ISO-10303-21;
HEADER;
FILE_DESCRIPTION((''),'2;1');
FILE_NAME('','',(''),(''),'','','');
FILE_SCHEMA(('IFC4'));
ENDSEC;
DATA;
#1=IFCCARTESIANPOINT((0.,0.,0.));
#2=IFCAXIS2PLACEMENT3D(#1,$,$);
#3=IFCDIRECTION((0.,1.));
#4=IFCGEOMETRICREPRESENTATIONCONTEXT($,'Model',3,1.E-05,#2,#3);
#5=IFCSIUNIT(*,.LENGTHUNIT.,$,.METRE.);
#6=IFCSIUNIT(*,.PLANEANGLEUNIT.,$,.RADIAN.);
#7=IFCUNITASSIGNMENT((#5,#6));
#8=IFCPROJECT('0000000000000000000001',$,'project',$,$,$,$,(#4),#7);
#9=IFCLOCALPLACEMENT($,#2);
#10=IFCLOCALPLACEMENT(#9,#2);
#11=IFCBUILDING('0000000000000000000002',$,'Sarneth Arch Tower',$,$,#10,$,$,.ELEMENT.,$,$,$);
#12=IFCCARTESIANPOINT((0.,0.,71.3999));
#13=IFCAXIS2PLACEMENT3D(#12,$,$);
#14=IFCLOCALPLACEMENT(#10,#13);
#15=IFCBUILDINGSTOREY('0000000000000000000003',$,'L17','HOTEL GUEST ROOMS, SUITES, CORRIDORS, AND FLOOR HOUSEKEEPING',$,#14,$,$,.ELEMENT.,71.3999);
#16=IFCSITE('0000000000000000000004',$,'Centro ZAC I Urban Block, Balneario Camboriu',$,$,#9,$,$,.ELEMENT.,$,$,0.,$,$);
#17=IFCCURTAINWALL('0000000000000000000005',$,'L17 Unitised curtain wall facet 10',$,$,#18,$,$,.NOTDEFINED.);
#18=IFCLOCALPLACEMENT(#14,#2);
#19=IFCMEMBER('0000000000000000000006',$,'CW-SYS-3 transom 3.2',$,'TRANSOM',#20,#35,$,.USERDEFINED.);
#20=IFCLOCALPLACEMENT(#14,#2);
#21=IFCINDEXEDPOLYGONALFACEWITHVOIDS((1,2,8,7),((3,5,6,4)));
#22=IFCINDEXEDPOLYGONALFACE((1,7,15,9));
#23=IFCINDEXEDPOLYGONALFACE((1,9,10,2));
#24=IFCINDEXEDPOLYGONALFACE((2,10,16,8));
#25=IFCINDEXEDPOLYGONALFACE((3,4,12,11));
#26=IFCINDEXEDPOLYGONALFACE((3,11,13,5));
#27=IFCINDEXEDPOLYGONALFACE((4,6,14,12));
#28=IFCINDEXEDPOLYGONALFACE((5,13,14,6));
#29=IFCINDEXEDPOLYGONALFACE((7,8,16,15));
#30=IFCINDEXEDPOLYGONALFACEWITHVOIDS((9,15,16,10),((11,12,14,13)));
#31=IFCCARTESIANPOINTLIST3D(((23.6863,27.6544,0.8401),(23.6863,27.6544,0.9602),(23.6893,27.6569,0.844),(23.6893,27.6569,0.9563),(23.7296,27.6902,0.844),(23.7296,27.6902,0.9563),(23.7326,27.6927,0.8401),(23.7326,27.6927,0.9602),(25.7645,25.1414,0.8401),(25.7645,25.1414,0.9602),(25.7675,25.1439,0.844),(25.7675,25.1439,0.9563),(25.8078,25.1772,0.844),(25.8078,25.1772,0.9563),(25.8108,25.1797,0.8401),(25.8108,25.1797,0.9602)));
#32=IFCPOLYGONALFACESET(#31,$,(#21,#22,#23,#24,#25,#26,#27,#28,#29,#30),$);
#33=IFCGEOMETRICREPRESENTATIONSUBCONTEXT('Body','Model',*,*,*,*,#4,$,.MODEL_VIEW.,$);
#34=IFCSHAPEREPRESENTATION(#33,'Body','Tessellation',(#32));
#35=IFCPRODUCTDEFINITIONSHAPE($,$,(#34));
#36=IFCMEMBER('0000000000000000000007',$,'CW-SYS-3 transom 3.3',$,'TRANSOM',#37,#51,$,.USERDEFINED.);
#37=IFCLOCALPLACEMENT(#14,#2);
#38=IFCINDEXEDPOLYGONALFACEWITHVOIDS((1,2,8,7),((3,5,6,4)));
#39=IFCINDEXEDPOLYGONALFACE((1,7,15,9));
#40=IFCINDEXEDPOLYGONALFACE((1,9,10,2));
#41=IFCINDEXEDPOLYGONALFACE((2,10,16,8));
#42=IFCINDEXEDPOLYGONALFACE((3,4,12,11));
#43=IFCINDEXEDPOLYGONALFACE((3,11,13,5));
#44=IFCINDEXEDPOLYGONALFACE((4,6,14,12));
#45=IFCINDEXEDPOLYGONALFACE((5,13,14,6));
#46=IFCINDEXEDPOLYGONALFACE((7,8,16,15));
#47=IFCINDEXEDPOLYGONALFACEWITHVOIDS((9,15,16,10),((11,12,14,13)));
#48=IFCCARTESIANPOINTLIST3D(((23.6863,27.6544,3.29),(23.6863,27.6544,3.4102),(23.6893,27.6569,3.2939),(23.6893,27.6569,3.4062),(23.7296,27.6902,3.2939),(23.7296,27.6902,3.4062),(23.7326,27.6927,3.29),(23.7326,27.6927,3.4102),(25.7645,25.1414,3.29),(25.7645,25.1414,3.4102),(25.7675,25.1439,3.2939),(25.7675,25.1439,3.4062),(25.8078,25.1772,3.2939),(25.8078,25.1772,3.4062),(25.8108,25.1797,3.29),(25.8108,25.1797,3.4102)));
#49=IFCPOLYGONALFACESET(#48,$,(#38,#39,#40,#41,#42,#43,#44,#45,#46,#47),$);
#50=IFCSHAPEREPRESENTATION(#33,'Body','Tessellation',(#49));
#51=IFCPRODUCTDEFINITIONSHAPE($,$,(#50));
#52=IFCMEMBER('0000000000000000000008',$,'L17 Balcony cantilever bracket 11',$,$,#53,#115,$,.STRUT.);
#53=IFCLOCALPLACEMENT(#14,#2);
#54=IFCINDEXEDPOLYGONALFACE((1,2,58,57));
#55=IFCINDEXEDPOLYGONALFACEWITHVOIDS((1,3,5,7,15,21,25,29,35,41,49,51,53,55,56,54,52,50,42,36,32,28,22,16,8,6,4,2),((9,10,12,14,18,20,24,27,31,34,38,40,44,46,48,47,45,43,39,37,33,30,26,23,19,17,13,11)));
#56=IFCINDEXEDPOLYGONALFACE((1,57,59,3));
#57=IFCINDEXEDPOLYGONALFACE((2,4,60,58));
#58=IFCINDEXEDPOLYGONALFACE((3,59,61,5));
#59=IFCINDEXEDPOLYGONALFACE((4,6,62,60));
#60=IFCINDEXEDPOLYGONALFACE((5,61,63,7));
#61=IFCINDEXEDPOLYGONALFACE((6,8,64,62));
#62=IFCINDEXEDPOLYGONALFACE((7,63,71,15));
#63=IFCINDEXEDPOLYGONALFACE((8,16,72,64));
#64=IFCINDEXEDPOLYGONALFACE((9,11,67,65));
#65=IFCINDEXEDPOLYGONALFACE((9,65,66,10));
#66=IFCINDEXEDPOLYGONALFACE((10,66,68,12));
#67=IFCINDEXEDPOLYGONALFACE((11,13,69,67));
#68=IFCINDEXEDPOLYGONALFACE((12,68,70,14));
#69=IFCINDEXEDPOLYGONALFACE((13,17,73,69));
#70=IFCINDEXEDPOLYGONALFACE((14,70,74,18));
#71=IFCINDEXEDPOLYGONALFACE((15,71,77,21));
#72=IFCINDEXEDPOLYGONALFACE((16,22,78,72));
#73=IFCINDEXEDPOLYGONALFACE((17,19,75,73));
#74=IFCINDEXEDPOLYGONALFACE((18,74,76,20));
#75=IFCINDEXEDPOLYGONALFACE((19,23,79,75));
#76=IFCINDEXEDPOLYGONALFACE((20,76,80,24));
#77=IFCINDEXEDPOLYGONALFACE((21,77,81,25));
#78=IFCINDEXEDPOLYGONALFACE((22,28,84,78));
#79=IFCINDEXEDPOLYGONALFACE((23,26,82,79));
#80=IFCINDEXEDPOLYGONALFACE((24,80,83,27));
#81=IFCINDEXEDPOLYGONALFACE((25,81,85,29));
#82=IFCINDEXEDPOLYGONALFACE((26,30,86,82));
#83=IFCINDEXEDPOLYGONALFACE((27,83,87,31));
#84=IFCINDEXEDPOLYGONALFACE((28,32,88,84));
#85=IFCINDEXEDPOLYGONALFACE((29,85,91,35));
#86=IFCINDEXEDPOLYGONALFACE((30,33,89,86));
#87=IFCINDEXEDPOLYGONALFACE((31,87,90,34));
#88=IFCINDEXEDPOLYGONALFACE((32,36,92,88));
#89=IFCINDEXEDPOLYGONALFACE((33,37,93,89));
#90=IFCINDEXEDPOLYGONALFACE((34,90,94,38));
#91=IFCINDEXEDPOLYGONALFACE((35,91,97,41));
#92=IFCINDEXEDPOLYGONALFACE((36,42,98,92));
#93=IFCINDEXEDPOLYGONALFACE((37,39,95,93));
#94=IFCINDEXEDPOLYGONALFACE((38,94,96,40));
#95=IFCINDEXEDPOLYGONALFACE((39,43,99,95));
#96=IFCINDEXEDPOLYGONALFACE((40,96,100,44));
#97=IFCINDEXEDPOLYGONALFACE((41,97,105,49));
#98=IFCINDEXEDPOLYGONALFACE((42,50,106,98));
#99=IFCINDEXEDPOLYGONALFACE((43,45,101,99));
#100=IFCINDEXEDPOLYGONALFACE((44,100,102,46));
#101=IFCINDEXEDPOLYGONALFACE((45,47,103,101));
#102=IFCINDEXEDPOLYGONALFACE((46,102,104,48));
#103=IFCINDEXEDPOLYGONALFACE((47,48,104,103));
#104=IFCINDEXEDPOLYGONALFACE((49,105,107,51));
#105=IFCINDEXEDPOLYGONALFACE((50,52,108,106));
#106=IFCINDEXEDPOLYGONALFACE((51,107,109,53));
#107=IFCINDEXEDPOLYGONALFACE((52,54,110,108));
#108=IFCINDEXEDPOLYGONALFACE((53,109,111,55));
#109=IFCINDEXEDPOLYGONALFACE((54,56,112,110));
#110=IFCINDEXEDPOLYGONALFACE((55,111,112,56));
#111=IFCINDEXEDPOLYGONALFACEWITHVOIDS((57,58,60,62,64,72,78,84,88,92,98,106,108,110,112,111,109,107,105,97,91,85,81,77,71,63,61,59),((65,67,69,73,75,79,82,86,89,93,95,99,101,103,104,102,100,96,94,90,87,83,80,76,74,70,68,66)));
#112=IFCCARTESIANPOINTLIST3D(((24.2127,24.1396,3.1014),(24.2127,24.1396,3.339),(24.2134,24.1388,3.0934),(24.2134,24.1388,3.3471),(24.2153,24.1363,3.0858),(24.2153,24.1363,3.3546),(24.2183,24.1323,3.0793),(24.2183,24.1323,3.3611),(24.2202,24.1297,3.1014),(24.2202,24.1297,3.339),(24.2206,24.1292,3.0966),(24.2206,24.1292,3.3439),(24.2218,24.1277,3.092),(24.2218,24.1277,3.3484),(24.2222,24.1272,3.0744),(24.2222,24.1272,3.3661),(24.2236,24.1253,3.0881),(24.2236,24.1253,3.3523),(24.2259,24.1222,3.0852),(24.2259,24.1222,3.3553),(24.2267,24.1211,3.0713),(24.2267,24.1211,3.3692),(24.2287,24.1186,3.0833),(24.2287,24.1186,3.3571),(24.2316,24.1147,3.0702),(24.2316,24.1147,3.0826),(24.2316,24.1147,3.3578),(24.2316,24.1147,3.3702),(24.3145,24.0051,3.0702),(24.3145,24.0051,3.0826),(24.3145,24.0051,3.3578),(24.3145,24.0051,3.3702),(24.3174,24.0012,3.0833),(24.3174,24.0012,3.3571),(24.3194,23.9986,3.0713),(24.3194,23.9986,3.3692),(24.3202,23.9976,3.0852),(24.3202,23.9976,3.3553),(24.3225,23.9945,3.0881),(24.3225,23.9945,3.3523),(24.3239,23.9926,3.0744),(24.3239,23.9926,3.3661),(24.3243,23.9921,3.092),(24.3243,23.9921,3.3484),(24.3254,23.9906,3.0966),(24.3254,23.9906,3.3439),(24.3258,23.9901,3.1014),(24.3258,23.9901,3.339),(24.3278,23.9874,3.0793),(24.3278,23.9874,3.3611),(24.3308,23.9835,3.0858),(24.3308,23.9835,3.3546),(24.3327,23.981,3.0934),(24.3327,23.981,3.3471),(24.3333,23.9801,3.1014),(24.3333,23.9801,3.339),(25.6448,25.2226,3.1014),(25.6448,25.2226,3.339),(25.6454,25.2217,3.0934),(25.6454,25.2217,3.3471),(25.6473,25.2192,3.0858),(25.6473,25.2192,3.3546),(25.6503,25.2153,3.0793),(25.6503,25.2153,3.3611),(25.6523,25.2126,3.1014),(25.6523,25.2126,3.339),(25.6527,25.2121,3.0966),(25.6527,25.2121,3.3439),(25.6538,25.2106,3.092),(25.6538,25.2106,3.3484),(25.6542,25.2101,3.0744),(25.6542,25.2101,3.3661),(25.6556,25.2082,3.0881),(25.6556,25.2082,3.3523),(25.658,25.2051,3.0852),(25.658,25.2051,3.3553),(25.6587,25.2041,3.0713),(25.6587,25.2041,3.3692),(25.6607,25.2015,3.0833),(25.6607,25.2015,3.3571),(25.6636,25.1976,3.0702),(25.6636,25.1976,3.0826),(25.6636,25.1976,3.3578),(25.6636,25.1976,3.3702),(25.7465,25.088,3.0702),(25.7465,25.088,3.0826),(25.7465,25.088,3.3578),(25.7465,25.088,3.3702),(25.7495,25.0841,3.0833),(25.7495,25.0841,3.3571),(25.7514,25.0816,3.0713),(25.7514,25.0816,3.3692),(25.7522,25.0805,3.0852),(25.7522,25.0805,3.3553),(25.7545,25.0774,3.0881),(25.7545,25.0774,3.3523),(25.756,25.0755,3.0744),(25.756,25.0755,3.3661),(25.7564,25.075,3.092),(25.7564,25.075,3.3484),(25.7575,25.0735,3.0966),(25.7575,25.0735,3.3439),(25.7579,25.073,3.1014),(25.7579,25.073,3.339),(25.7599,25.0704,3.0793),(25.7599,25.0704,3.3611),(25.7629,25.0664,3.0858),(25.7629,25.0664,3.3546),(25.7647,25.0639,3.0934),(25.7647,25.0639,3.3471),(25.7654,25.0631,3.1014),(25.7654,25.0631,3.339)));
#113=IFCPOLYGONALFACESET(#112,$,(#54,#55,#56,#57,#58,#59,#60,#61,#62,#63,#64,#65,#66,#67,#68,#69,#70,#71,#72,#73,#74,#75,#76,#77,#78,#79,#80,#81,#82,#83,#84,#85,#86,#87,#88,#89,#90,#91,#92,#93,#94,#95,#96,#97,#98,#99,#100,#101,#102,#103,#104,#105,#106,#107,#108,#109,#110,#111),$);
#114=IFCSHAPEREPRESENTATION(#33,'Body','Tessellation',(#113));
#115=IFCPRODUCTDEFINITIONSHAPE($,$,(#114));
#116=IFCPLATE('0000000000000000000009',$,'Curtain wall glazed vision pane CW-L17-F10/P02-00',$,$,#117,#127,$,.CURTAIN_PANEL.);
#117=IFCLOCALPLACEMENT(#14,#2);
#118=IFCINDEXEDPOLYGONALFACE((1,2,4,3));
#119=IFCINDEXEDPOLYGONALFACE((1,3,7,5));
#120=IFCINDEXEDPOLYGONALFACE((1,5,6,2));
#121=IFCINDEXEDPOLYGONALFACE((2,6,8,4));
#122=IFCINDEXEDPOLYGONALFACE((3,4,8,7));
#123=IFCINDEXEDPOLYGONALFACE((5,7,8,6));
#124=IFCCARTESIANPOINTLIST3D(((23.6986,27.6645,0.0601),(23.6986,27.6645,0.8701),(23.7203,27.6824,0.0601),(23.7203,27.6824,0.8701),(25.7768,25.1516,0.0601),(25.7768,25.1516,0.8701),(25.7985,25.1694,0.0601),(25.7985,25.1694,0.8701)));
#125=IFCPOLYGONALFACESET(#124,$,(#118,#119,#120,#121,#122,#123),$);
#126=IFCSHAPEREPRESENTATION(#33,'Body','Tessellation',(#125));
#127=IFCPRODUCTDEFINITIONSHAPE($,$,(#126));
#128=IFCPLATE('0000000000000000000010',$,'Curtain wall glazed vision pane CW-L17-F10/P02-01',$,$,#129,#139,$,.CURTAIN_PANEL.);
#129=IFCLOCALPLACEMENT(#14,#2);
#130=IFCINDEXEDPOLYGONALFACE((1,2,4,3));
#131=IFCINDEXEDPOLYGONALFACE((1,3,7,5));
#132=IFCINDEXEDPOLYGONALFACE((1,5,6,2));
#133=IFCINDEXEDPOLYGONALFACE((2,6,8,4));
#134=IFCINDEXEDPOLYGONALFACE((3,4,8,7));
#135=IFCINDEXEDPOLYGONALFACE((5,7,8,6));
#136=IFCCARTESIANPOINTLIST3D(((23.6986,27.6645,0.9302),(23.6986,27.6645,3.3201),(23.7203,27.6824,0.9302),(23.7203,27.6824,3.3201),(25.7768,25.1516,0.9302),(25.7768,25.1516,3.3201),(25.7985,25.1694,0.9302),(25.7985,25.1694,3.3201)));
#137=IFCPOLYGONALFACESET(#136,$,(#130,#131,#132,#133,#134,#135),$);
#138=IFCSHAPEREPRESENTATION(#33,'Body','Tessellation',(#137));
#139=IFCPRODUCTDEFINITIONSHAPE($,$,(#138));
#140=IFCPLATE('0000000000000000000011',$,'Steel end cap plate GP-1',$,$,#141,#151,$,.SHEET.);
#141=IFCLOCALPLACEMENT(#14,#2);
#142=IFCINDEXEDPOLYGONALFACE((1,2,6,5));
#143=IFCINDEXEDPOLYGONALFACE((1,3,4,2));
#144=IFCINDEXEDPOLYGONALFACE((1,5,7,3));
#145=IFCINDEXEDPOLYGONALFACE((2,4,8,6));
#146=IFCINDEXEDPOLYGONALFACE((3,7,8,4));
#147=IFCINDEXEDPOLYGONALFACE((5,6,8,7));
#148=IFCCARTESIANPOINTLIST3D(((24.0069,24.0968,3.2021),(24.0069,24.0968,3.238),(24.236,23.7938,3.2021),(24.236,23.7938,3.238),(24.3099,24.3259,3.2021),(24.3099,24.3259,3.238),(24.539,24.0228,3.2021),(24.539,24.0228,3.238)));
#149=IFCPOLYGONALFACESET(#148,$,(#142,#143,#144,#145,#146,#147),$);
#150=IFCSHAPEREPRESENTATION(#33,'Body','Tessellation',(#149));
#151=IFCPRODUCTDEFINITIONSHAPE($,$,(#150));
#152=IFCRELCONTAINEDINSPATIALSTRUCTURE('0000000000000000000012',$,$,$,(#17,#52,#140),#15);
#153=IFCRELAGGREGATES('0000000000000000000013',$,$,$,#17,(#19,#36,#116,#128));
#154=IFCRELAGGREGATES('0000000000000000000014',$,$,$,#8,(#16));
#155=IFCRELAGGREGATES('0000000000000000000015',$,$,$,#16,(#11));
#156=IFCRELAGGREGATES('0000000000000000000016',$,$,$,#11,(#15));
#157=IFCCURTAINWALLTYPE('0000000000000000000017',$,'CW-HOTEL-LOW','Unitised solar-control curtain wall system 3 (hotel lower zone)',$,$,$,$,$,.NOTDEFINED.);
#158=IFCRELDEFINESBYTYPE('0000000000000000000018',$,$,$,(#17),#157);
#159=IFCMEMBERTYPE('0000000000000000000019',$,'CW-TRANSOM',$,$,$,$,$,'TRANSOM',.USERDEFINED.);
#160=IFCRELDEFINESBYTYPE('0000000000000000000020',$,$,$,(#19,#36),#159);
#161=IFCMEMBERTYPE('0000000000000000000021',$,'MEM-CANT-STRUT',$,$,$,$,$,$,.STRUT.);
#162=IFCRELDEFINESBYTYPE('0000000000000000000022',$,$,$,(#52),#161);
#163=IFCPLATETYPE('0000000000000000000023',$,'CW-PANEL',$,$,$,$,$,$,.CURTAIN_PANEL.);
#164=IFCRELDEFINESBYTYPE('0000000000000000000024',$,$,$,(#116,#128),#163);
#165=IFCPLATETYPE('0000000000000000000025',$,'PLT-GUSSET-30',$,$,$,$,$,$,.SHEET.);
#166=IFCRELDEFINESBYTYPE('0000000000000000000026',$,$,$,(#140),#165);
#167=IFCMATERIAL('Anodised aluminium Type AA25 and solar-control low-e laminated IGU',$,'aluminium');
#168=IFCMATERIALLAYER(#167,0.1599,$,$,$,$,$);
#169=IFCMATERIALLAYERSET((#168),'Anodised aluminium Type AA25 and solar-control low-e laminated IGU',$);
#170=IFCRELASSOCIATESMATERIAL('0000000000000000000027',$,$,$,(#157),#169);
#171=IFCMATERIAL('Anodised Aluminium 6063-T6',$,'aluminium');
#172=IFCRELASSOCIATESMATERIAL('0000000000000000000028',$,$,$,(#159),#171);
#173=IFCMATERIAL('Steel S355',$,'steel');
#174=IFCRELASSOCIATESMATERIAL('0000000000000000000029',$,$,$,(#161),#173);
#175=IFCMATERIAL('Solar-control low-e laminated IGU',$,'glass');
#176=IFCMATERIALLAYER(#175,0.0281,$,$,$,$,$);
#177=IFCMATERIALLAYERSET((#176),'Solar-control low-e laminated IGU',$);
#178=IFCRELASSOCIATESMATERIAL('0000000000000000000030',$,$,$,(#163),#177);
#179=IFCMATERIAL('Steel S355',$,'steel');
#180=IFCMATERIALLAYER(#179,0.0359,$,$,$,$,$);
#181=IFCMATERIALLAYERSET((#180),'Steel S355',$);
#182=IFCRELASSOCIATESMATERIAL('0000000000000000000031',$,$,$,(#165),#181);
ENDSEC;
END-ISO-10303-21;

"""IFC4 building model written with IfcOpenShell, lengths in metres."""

from ifc_helpers import new_model, si_unit, direction, frame, origin, origin_2d, place, context, subcontext, project, spatial, rectangle, hollow_rectangle, extrude, material, layer, layer_set, material_profile, profile_set, type_object, element, aggregate, save


model = new_model("IFC4")

# Units and contexts
model_context = context("Model", 3, precision=1e-05, world=origin(), true_north=direction((0.0, 1.0)))
body_context = subcontext(model_context, "Body", "Model", "MODEL_VIEW")
ifc_project = project(units=[si_unit("LENGTHUNIT", "METRE"), si_unit("PLANEANGLEUNIT", "RADIAN")], contexts=[model_context])

# Site, building, storey
site_placement = place(None, origin())
site = spatial("IfcSite", under=ifc_project, at=site_placement, Name="Centro ZAC I Urban Block, Balneario Camboriu", CompositionType="ELEMENT", RefElevation=0.0)
building_placement = place(site_placement, origin())
building = spatial("IfcBuilding", under=site, at=building_placement, Name="Sarneth Arch Tower", CompositionType="ELEMENT")
storey_placement = place(building_placement, frame((0.0, 0.0, 71.3999)))
storey = spatial("IfcBuildingStorey", under=building, at=storey_placement, Name="L17", Description="HOTEL GUEST ROOMS, SUITES, CORRIDORS, AND FLOOR HOUSEKEEPING", CompositionType="ELEMENT", Elevation=71.3999)

# Curtain wall, members
ifc_material_1 = material(Name="Anodised aluminium Type AA25 and solar-control low-e laminated IGU", Category="aluminium")
ifc_layer_1 = layer(ifc_material_1, 0.1599)
ifc_layer_set_1 = layer_set([ifc_layer_1], Name="Anodised aluminium Type AA25 and solar-control low-e laminated IGU")
curtain_wall_type = type_object("IfcCurtainWallType", Name="CW-HOTEL-LOW", Description="Unitised solar-control curtain wall system 3 (hotel lower zone)", PredefinedType="NOTDEFINED", material=ifc_layer_set_1)
curtain_wall_placement = place(storey_placement, origin())
curtain_wall = element("IfcCurtainWall", 1, at=curtain_wall_placement, inside=storey, type_object=curtain_wall_type, Name="L17 Unitised curtain wall facet 10", PredefinedType="NOTDEFINED")
ifc_material_2 = material(Name="Anodised Aluminium 6063-T6", Category="aluminium")
ifc_material_profile_1 = material_profile(ifc_material_2, hollow_rectangle(XDim=0.0601, YDim=0.1201, WallThickness=0.0039, at=origin_2d()), Name="AL-TRAN-120x60x4")
ifc_profile_set_1 = profile_set([ifc_material_profile_1], Name="Anodised Aluminium 6063-T6")
member_type_1 = type_object("IfcMemberType", Name="CW-TRANSOM", ElementType="TRANSOM", PredefinedType="USERDEFINED", material=ifc_profile_set_1)
member_1_placement = place(storey_placement, frame((23.7095, 27.6736, 0.9001), z_axis=(0.637286, -0.770628, 0.0), x_axis=(0.770628, 0.637286, 0.0)))
member_1 = element("IfcMember", 2, at=member_1_placement, type_object=member_type_1, Name="CW-SYS-3 transom 3.2", ObjectType="TRANSOM", PredefinedType="USERDEFINED", context=body_context, shape_type="SweptSolid", body=[
    extrude(hollow_rectangle(XDim=0.0601, YDim=0.1201, WallThickness=0.0039, at=origin_2d()), origin(), (0.0, 0.0, 1.0), 3.261),
])
member_2_placement = place(storey_placement, frame((23.7095, 27.6736, 3.3501), z_axis=(0.637286, -0.770628, 0.0), x_axis=(0.770628, 0.637286, 0.0)))
member_2 = element("IfcMember", 3, at=member_2_placement, type_object=member_type_1, Name="CW-SYS-3 transom 3.3", ObjectType="TRANSOM", PredefinedType="USERDEFINED", context=body_context, shape_type="SweptSolid", body=[
    extrude(hollow_rectangle(XDim=0.0601, YDim=0.1201, WallThickness=0.0039, at=origin_2d()), origin(), (0.0, 0.0, 1.0), 3.261),
])

# Member
ifc_material_3 = material(Name="Steel S355", Category="steel")
ifc_material_profile_2 = material_profile(ifc_material_3, hollow_rectangle(XDim=0.2, YDim=0.3, WallThickness=0.0125, InnerFilletRadius=0.0188, OuterFilletRadius=0.0312, at=origin_2d()), Name="RHS300x200x12.5")
ifc_profile_set_2 = profile_set([ifc_material_profile_2], Name="Steel S355")
member_type_2 = type_object("IfcMemberType", Name="MEM-CANT-STRUT", PredefinedType="STRUT", material=ifc_profile_set_2)
member_3_placement = place(storey_placement, frame((25.7051, 25.1428, 3.2202), z_axis=(-0.797611, -0.603172, 0.0), x_axis=(0.603172, -0.797611, 0.0)))
element("IfcMember", 4, at=member_3_placement, inside=storey, type_object=member_type_2, Name="L17 Balcony cantilever bracket 11", PredefinedType="STRUT", context=body_context, shape_type="SweptSolid", body=[
    extrude(hollow_rectangle(XDim=0.2, YDim=0.3, WallThickness=0.0125, InnerFilletRadius=0.0188, OuterFilletRadius=0.0312, at=origin_2d()), origin(), (0.0, 0.0, 1.0), 1.7954),
])

# Plates
ifc_material_4 = material(Name="Solar-control low-e laminated IGU", Category="glass")
ifc_layer_2 = layer(ifc_material_4, 0.0281)
ifc_layer_set_2 = layer_set([ifc_layer_2], Name="Solar-control low-e laminated IGU")
plate_type_1 = type_object("IfcPlateType", Name="CW-PANEL", PredefinedType="CURTAIN_PANEL", material=ifc_layer_set_2)
plate_1_placement = place(storey_placement, frame((24.7485, 26.417, 0.0601), z_axis=(0.0, 0.0, 1.0), x_axis=(0.637291, -0.770623, 0.0)))
plate_1 = element("IfcPlate", 5, at=plate_1_placement, type_object=plate_type_1, Name="Curtain wall glazed vision pane CW-L17-F10/P02-00", PredefinedType="CURTAIN_PANEL", context=body_context, shape_type="SweptSolid", body=[
    extrude(rectangle(XDim=3.261, YDim=0.0281, at=origin_2d()), origin(), (0.0, 0.0, 1.0), 0.8101),
])
plate_2_placement = place(storey_placement, frame((24.7485, 26.417, 0.9302), z_axis=(0.0, 0.0, 1.0), x_axis=(0.637291, -0.770623, 0.0)))
plate_2 = element("IfcPlate", 6, at=plate_2_placement, type_object=plate_type_1, Name="Curtain wall glazed vision pane CW-L17-F10/P02-01", PredefinedType="CURTAIN_PANEL", context=body_context, shape_type="SweptSolid", body=[
    extrude(rectangle(XDim=3.261, YDim=0.0281, at=origin_2d()), origin(), (0.0, 0.0, 1.0), 2.3899),
])
aggregate(curtain_wall, [member_1, member_2, plate_1, plate_2])
ifc_material_5 = material(Name="Steel S355", Category="steel")
ifc_layer_3 = layer(ifc_material_5, 0.0359)
ifc_layer_set_3 = layer_set([ifc_layer_3], Name="Steel S355")
plate_type_2 = type_object("IfcPlateType", Name="PLT-GUSSET-30", PredefinedType="SHEET", material=ifc_layer_set_3)
plate_3_placement = place(storey_placement, frame((24.2729, 24.0598, 3.2021), z_axis=(0.0, 0.0, 1.0), x_axis=(-0.797689, -0.603069, 0.0)))
element("IfcPlate", 7, at=plate_3_placement, inside=storey, type_object=plate_type_2, Name="Steel end cap plate GP-1", PredefinedType="SHEET", context=body_context, shape_type="SweptSolid", body=[
    extrude(rectangle(XDim=0.3799, YDim=0.3799, at=origin_2d()), origin(), (0.0, 0.0, 1.0), 0.0359),
])

save(model, "model.ifc")
